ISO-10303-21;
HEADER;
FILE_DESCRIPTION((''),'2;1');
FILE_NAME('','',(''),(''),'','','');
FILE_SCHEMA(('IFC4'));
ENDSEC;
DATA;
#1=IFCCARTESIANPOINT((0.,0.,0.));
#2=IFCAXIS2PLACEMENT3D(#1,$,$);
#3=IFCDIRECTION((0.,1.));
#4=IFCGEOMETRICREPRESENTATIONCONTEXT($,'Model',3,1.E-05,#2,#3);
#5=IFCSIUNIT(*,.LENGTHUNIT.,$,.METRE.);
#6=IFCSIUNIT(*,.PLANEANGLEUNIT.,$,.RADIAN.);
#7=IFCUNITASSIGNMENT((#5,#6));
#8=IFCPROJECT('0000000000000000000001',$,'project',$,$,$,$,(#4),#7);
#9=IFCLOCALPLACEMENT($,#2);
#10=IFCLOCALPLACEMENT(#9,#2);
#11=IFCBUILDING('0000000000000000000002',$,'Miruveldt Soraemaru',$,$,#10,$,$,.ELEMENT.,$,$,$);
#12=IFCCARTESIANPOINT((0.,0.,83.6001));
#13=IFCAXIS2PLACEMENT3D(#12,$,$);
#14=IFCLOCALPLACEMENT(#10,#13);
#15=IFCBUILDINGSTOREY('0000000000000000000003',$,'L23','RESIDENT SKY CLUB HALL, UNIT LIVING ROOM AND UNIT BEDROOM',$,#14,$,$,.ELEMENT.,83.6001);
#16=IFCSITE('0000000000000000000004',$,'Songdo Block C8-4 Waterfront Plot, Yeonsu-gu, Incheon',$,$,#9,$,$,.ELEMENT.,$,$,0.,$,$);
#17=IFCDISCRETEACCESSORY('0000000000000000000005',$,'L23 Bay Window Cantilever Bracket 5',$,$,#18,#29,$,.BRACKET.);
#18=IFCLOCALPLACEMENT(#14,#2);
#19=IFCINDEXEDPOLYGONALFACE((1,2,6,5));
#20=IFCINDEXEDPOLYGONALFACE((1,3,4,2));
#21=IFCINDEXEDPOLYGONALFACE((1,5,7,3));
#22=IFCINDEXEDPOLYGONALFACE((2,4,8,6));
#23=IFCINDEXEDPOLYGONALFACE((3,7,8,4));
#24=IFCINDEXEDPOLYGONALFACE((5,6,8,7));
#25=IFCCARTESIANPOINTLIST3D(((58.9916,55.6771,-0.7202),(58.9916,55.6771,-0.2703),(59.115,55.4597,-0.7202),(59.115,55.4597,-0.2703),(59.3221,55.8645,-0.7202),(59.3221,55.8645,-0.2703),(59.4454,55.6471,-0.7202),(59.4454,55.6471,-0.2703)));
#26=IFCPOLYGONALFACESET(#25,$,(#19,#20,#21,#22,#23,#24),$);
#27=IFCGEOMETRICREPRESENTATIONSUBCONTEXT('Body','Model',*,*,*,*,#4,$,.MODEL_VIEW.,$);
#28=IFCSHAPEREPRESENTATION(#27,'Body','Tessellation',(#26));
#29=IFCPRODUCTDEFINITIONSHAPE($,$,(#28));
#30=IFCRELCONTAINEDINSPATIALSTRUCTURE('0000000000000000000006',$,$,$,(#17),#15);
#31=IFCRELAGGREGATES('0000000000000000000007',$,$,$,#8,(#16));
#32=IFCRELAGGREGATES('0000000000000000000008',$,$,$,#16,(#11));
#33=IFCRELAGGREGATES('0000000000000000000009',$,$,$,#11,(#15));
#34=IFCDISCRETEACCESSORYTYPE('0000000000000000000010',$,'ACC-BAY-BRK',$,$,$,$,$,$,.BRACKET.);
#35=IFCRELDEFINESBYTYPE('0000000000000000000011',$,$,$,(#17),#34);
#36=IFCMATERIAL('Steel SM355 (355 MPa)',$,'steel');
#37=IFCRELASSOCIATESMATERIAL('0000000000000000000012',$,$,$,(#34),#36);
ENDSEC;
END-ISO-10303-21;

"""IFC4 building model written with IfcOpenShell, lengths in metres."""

from ifc_helpers import new_model, si_unit, direction, frame, origin, origin_2d, place, context, subcontext, project, spatial, rectangle, extrude, material, type_object, element, save


model = new_model("IFC4")

# Units and contexts
model_context = context("Model", 3, precision=1e-05, world=origin(), true_north=direction((0.0, 1.0)))
body_context = subcontext(model_context, "Body", "Model", "MODEL_VIEW")
ifc_project = project(units=[si_unit("LENGTHUNIT", "METRE"), si_unit("PLANEANGLEUNIT", "RADIAN")], contexts=[model_context])

# Site, building, storey
site_placement = place(None, origin())
site = spatial("IfcSite", under=ifc_project, at=site_placement, Name="Songdo Block C8-4 Waterfront Plot, Yeonsu-gu, Incheon", CompositionType="ELEMENT", RefElevation=0.0)
building_placement = place(site_placement, origin())
building = spatial("IfcBuilding", under=site, at=building_placement, Name="Miruveldt Soraemaru", CompositionType="ELEMENT")
storey_placement = place(building_placement, frame((0.0, 0.0, 83.6001)))
storey = spatial("IfcBuildingStorey", under=building, at=storey_placement, Name="L23", Description="RESIDENT SKY CLUB HALL, UNIT LIVING ROOM AND UNIT BEDROOM", CompositionType="ELEMENT", Elevation=83.6001)

# Discrete accessory
ifc_material_1 = material(Name="Steel SM355 (355 MPa)", Category="steel")
discrete_accessory_type = type_object("IfcDiscreteAccessoryType", Name="ACC-BAY-BRK", PredefinedType="BRACKET", material=ifc_material_1)
discrete_accessory_placement = place(storey_placement, frame((59.2185, 55.6621, -0.7202), z_axis=(0.0, 0.0, 1.0), x_axis=(0.869831, 0.49335, 0.0)))
element("IfcDiscreteAccessory", 1, at=discrete_accessory_placement, inside=storey, type_object=discrete_accessory_type, Name="L23 Bay Window Cantilever Bracket 5", PredefinedType="BRACKET", context=body_context, shape_type="SweptSolid", body=[
    extrude(rectangle(XDim=0.3799, YDim=0.25, at=origin_2d()), origin(), (0.0, 0.0, 1.0), 0.45),
])

save(model, "model.ifc")
